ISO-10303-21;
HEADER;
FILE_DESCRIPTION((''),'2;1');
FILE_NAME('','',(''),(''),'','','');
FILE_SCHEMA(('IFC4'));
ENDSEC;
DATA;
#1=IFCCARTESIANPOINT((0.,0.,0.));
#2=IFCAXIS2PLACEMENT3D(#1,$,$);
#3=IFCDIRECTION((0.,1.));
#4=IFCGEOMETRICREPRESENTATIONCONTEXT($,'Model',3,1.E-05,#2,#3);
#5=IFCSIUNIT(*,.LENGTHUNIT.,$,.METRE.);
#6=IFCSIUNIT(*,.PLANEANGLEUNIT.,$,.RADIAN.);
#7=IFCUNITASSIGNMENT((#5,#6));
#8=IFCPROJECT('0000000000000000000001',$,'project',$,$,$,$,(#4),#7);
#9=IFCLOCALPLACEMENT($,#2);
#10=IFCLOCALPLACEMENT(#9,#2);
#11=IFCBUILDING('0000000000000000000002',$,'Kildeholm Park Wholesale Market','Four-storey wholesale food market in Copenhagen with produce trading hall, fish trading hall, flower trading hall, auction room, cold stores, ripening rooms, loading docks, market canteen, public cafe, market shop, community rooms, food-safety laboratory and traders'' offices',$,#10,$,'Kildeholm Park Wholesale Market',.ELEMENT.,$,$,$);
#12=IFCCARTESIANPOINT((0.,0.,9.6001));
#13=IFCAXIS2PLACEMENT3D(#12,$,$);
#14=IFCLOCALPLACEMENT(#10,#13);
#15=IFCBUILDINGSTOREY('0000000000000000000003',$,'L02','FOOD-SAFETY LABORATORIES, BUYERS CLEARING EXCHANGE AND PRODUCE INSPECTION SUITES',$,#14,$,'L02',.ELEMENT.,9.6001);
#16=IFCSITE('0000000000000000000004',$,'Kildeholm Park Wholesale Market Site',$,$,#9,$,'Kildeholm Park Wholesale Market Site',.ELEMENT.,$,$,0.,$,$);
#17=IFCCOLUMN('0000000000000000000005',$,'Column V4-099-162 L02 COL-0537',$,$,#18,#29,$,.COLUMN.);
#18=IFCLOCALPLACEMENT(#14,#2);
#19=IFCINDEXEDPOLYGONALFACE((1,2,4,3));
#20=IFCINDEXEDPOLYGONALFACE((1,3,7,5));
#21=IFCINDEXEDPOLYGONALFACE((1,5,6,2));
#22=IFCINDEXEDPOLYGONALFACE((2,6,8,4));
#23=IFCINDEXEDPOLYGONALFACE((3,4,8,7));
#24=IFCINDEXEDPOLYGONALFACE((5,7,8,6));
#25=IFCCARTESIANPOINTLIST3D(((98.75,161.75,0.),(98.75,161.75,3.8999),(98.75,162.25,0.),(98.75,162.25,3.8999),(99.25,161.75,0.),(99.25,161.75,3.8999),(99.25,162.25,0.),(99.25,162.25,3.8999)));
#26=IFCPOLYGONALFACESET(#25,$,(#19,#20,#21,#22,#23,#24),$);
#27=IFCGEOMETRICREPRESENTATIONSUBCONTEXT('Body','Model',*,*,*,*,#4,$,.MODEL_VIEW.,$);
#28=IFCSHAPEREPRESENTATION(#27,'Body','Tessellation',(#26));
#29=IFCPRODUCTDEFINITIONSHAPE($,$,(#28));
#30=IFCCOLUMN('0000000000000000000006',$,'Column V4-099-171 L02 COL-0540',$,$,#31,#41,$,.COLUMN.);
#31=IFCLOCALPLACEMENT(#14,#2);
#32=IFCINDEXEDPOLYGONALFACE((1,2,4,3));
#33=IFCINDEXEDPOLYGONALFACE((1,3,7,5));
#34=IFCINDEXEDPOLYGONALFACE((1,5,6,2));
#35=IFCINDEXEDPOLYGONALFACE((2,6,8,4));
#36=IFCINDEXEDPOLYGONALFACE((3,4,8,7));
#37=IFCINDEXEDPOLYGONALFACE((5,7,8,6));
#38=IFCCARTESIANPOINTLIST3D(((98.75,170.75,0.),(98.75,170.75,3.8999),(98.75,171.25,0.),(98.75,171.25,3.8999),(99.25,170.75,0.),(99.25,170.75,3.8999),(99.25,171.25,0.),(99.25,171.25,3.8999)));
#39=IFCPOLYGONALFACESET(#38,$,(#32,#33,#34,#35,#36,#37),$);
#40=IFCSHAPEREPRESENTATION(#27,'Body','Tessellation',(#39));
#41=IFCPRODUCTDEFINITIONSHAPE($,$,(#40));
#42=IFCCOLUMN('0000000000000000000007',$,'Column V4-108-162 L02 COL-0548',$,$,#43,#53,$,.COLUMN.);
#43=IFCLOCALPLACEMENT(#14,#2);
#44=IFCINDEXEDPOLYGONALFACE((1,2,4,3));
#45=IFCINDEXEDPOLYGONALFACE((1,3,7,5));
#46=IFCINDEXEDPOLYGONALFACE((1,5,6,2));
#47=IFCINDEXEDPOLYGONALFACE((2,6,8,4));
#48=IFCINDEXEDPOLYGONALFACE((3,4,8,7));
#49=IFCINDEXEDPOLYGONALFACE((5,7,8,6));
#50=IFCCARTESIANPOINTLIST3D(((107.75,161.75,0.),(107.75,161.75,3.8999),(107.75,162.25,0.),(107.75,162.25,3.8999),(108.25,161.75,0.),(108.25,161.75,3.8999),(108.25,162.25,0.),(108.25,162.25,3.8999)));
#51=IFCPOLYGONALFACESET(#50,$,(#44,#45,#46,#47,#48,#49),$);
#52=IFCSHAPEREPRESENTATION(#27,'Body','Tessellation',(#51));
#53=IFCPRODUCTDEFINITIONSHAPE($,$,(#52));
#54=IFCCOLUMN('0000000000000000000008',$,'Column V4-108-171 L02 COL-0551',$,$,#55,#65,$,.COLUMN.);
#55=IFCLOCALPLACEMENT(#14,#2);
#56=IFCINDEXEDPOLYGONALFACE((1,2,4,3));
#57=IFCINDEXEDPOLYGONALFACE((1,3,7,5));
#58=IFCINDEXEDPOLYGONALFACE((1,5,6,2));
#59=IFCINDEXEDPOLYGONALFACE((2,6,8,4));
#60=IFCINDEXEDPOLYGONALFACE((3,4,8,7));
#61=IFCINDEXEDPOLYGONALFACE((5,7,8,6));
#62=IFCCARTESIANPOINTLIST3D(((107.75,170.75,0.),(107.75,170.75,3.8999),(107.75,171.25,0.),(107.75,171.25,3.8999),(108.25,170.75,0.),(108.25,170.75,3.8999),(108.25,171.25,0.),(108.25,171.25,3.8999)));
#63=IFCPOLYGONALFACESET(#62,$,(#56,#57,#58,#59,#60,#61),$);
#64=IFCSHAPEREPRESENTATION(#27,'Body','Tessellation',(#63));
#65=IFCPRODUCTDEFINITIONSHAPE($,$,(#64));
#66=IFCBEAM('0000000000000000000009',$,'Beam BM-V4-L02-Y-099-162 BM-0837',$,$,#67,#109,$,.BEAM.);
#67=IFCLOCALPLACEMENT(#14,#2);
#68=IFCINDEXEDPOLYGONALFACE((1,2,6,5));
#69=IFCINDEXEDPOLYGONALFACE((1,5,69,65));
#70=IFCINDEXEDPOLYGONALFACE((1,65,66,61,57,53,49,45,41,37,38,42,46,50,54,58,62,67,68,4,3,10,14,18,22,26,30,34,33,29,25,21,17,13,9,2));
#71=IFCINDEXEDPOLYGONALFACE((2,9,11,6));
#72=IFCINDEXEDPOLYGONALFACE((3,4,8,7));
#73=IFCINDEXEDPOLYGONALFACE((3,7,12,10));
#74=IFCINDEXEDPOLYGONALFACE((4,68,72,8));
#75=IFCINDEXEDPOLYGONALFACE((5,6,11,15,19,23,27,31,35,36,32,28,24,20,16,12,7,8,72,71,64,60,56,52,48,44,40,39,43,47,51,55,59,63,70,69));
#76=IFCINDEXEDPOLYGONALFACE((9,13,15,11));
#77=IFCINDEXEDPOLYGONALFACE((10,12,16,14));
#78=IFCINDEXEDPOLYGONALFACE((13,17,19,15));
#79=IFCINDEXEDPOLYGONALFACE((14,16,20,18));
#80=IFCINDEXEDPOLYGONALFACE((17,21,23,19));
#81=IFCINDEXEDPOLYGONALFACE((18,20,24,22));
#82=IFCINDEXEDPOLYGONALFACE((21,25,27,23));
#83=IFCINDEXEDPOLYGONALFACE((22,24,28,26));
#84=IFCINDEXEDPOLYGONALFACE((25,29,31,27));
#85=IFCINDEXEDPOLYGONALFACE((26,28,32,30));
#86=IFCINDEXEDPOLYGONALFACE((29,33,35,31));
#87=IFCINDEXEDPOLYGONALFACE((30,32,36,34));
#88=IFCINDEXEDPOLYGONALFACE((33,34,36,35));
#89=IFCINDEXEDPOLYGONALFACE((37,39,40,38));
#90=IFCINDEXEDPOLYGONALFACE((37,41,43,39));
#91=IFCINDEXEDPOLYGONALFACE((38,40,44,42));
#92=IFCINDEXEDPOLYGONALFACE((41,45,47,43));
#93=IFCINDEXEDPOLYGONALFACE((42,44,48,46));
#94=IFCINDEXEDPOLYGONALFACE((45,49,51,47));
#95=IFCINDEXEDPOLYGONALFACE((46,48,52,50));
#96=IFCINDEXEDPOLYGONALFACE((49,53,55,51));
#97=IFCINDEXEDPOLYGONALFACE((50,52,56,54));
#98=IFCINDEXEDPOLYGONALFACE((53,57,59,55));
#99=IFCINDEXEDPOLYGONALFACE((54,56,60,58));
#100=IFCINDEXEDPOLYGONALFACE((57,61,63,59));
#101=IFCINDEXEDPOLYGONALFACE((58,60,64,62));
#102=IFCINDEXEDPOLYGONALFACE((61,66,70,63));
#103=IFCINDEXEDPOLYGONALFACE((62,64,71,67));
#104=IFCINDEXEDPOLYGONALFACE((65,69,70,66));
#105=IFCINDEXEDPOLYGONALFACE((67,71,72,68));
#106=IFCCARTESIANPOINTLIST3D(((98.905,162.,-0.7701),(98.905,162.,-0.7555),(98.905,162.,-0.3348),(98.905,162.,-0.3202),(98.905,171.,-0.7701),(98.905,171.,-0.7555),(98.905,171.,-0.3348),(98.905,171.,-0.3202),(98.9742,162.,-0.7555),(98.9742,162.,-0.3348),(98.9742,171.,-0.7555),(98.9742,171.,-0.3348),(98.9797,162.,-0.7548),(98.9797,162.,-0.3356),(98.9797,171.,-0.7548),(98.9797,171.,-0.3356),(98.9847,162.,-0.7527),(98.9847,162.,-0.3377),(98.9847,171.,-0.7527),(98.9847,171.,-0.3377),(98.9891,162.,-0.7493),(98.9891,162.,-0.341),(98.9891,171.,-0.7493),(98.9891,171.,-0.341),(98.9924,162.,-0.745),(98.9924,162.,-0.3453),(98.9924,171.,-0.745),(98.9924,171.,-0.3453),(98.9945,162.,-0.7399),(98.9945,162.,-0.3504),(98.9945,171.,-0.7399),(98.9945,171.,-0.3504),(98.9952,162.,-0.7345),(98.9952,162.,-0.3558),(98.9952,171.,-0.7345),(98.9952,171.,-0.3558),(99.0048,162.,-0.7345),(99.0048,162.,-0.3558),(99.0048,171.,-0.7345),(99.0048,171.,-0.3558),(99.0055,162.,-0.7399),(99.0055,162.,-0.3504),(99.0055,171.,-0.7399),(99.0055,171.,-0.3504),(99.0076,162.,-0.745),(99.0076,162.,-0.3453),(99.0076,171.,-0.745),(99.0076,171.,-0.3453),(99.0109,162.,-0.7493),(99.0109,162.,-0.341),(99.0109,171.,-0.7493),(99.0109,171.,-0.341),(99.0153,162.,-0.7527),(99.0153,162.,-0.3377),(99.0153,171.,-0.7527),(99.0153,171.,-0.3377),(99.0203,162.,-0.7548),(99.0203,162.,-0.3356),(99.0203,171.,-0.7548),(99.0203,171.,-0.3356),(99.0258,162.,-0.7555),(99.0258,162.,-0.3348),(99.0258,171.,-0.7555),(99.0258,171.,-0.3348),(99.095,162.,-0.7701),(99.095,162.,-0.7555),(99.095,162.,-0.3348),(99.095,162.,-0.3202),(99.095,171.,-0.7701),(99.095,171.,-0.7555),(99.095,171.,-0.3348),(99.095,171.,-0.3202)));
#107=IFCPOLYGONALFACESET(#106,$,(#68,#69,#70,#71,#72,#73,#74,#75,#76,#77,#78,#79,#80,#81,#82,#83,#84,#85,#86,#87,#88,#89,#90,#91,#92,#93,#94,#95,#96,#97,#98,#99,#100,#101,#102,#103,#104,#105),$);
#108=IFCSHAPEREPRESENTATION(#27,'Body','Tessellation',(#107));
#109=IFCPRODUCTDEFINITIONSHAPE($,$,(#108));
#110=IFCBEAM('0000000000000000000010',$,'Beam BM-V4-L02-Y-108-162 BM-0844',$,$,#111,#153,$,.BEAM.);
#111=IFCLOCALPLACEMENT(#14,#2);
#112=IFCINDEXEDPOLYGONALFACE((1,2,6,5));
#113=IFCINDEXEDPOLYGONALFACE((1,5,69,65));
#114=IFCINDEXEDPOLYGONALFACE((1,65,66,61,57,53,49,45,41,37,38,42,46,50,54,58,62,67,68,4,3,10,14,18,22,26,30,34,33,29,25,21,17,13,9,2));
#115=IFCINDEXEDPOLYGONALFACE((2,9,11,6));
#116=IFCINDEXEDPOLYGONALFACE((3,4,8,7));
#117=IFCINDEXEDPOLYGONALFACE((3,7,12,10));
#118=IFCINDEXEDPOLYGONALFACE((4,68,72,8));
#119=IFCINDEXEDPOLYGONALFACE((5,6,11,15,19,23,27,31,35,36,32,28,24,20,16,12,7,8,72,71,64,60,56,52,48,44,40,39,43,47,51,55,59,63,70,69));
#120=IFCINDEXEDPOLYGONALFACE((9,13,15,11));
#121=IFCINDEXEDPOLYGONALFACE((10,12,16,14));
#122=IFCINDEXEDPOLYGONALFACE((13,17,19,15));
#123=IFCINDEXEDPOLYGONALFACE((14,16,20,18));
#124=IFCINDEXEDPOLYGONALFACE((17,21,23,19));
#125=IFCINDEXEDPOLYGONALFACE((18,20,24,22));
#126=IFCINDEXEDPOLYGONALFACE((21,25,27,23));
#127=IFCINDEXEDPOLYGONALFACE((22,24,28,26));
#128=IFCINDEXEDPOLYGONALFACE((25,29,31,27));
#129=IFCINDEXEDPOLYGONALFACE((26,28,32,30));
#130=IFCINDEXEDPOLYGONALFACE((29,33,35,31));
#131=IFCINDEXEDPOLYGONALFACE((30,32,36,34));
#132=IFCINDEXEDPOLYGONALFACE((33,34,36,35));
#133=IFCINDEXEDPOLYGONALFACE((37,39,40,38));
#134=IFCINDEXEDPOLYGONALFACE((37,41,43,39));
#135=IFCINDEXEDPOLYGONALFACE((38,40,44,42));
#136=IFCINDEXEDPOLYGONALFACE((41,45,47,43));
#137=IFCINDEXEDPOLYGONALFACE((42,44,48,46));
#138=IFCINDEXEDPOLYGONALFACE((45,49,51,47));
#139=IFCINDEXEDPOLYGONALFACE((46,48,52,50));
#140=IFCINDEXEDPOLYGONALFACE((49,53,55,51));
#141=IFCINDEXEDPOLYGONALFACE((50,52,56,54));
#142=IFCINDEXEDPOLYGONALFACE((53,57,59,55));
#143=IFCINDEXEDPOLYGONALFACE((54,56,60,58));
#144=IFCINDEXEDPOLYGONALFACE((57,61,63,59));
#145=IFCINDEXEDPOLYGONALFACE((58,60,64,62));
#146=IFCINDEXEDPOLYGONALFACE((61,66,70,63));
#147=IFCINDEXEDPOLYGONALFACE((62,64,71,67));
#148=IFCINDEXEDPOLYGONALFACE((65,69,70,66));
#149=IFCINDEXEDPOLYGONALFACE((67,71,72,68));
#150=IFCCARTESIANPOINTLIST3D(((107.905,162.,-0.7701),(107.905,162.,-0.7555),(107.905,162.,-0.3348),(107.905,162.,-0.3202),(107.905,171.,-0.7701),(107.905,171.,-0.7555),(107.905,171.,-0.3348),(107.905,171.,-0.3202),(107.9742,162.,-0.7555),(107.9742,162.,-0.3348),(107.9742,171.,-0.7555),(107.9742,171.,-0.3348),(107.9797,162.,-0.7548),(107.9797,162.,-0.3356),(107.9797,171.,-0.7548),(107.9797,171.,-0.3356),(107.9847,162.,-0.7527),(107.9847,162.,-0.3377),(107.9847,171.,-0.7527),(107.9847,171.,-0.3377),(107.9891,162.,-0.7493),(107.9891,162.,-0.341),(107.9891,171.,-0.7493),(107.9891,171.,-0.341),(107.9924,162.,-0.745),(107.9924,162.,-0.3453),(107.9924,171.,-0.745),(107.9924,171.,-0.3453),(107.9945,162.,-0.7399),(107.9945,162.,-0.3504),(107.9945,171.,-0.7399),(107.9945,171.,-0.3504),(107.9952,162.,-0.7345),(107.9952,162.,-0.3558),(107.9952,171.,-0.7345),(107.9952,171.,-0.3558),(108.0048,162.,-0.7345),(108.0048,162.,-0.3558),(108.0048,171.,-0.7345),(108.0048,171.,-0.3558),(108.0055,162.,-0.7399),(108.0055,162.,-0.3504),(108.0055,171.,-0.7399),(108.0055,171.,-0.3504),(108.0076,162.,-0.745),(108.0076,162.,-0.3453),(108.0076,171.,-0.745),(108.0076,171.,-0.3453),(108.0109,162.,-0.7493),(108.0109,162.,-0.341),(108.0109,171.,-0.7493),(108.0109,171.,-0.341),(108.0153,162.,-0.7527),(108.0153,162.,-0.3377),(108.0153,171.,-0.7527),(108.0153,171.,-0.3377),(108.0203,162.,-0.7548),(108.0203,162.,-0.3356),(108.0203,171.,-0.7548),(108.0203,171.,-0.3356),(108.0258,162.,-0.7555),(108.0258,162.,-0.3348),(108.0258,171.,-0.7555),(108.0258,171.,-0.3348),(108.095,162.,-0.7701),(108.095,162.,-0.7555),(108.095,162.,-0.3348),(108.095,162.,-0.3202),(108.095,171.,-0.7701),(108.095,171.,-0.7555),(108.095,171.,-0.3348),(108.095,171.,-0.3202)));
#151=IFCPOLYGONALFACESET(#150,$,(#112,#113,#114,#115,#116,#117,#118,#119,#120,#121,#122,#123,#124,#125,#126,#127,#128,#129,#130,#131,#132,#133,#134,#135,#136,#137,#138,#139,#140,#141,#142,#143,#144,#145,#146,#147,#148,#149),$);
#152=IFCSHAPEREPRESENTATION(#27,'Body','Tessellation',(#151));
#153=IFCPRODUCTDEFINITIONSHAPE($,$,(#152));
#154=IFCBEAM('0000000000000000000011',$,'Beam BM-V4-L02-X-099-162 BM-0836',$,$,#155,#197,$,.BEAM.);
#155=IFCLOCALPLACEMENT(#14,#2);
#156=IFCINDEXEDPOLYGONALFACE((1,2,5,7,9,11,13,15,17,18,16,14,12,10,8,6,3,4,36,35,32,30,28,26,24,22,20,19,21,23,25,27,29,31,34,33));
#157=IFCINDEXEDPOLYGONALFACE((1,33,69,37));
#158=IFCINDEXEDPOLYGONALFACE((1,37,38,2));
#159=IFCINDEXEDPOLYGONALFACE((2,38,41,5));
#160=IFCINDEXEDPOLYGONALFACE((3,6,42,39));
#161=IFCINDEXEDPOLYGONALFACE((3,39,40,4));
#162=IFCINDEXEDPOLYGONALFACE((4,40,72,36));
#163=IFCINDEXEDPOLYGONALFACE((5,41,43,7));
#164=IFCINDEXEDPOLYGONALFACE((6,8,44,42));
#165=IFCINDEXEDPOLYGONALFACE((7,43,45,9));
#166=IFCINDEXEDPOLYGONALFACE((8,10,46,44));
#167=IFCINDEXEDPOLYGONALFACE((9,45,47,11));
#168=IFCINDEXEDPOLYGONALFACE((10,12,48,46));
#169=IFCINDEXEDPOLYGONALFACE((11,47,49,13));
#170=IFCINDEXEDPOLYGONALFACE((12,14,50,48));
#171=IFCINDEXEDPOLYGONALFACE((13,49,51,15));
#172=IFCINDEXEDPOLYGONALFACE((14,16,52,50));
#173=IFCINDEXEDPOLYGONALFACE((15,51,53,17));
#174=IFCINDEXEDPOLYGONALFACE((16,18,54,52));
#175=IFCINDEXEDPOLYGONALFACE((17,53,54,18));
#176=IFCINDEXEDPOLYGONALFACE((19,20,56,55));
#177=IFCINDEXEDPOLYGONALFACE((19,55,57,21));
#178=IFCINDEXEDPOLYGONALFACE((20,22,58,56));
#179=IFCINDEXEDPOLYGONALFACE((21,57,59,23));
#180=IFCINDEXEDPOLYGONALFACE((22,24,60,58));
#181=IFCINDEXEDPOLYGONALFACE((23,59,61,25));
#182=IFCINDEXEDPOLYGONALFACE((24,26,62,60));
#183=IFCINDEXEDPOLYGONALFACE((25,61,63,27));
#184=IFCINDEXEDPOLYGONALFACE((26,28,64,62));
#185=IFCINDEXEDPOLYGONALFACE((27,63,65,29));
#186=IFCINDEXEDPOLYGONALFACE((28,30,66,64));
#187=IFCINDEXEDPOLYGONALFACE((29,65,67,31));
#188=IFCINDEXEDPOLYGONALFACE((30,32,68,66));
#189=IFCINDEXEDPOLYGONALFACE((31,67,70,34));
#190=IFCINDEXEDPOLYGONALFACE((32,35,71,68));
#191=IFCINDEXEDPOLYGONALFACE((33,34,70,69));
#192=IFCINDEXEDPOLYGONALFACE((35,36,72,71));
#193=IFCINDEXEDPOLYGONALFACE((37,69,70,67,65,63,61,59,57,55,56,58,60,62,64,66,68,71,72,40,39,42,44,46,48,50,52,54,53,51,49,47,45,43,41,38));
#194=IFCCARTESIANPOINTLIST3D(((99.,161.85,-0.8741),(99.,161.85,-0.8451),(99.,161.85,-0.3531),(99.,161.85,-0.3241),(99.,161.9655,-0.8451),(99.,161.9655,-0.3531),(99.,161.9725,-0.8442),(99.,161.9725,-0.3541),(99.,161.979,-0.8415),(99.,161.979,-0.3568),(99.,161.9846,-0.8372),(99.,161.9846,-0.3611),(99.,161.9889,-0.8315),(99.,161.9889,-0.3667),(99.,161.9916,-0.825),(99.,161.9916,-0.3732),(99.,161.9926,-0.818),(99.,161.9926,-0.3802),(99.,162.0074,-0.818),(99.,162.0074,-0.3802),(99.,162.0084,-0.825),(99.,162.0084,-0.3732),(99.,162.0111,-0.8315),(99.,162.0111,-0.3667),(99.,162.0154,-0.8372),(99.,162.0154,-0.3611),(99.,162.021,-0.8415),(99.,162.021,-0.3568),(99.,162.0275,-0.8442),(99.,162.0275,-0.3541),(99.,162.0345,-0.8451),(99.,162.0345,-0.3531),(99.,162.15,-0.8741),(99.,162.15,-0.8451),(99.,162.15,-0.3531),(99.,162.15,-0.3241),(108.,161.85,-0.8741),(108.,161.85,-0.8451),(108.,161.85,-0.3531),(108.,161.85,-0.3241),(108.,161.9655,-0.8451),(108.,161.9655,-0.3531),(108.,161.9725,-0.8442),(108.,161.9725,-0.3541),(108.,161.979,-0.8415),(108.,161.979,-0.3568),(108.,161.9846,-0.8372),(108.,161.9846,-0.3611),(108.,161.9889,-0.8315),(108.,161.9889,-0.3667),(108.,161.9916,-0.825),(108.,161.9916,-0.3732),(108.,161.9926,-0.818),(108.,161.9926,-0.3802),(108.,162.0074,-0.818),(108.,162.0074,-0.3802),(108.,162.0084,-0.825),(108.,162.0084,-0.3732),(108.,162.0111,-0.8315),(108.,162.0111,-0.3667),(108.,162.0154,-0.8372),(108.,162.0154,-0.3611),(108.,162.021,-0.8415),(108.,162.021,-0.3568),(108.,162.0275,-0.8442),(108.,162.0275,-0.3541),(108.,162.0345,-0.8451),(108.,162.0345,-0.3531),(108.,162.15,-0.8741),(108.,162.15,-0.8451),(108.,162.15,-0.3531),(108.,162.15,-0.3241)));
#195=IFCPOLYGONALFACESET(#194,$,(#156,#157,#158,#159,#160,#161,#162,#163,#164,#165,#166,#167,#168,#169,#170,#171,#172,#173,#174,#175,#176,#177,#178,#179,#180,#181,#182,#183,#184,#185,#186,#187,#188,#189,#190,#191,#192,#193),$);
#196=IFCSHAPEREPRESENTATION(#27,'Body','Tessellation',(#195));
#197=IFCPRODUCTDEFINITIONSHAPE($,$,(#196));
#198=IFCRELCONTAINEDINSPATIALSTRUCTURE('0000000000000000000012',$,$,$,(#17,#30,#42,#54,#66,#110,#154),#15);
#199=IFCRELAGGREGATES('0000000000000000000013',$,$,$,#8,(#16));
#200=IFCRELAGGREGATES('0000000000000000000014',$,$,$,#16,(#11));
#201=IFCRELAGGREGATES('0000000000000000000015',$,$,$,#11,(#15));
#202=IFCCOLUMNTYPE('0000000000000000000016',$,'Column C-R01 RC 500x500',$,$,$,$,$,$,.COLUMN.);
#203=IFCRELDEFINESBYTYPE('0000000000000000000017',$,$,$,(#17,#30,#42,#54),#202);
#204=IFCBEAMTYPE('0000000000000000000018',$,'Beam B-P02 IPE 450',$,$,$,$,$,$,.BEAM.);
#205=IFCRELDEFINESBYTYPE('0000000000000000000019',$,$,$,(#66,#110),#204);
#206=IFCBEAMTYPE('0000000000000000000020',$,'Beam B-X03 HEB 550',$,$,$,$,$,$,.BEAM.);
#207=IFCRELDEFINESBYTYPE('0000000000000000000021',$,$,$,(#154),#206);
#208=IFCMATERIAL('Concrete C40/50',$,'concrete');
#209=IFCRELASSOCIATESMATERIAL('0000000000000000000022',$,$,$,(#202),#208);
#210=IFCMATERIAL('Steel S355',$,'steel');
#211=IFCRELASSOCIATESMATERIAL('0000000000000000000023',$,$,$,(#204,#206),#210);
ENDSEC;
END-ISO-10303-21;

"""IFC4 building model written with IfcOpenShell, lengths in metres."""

from ifc_helpers import new_model, si_unit, direction, frame, origin, origin_2d, place, context, subcontext, project, spatial, rectangle, i_section, extrude, material, material_profile, profile_set, type_object, element, save


model = new_model("IFC4")

# Units and contexts
model_context = context("Model", 3, precision=1e-05, world=origin(), true_north=direction((0.0, 1.0)))
body_context = subcontext(model_context, "Body", "Model", "MODEL_VIEW")
ifc_project = project(units=[si_unit("LENGTHUNIT", "METRE"), si_unit("PLANEANGLEUNIT", "RADIAN")], contexts=[model_context])

# Site, building, storey
site_placement = place(None, origin())
site = spatial("IfcSite", under=ifc_project, at=site_placement, Name="Kildeholm Park Wholesale Market Site", LongName="Kildeholm Park Wholesale Market Site", CompositionType="ELEMENT", RefElevation=0.0)
building_placement = place(site_placement, origin())
building = spatial("IfcBuilding", under=site, at=building_placement, Name="Kildeholm Park Wholesale Market", Description="Four-storey wholesale food market in Copenhagen with produce trading hall, fish trading hall, flower trading hall, auction room, cold stores, ripening rooms, loading docks, market canteen, public cafe, market shop, community rooms, food-safety laboratory and traders' offices", LongName="Kildeholm Park Wholesale Market", CompositionType="ELEMENT")
storey_placement = place(building_placement, frame((0.0, 0.0, 9.6001)))
storey = spatial("IfcBuildingStorey", under=building, at=storey_placement, Name="L02", Description="FOOD-SAFETY LABORATORIES, BUYERS CLEARING EXCHANGE AND PRODUCE INSPECTION SUITES", LongName="L02", CompositionType="ELEMENT", Elevation=9.6001)

# Columns
ifc_material_1 = material(Name="Concrete C40/50", Category="concrete")
ifc_material_profile_1 = material_profile(ifc_material_1, rectangle(XDim=0.5, YDim=0.5, at=origin_2d()), Name="RC 500x500")
ifc_profile_set_1 = profile_set([ifc_material_profile_1], Name="Concrete C40/50")
column_type = type_object("IfcColumnType", Name="Column C-R01 RC 500x500", PredefinedType="COLUMN", material=ifc_profile_set_1)
for number, where, z_axis, x_axis, name in (
    (1, (99.0, 162.0, 0.0), (0.0, 0.0, 1.0), (1.0, 0.0, 0.0), "Column V4-099-162 L02 COL-0537"),
    (2, (99.0, 171.0, 0.0), (0.0, 0.0, 1.0), (1.0, 0.0, 0.0), "Column V4-099-171 L02 COL-0540"),
    (3, (108.0, 162.0, 0.0), (0.0, 0.0, 1.0), (1.0, 0.0, 0.0), "Column V4-108-162 L02 COL-0548"),
    (4, (108.0, 171.0, 0.0), (0.0, 0.0, 1.0), (1.0, 0.0, 0.0), "Column V4-108-171 L02 COL-0551"),
):
    element("IfcColumn", number, at=place(storey_placement, frame(where, z_axis=z_axis, x_axis=x_axis)), inside=storey, type_object=column_type, Name=name, PredefinedType="COLUMN", context=body_context, shape_type="SweptSolid", body=[
        extrude(rectangle(XDim=0.5, YDim=0.5, at=origin_2d()), origin(), (0.0, 0.0, 1.0), 3.8999),
    ])

# Beams
ifc_material_2 = material(Name="Steel S355", Category="steel")
ifc_material_profile_2 = material_profile(ifc_material_2, i_section(OverallWidth=0.1899, OverallDepth=0.45, WebThickness=0.0095, FlangeThickness=0.0146, FilletRadius=0.021, at=origin_2d()), Name="IPE 450")
ifc_profile_set_2 = profile_set([ifc_material_profile_2], Name="Steel S355")
beam_type_1 = type_object("IfcBeamType", Name="Beam B-P02 IPE 450", PredefinedType="BEAM", material=ifc_profile_set_2)
for number, where, z_axis, x_axis, name in (
    (5, (99.0, 162.0, -0.5452), (0.0, 1.0, 0.0), (-1.0, 0.0, 0.0), "Beam BM-V4-L02-Y-099-162 BM-0837"),
    (6, (108.0, 162.0, -0.5452), (0.0, 1.0, 0.0), (-1.0, 0.0, 0.0), "Beam BM-V4-L02-Y-108-162 BM-0844"),
):
    element("IfcBeam", number, at=place(storey_placement, frame(where, z_axis=z_axis, x_axis=x_axis)), inside=storey, type_object=beam_type_1, Name=name, PredefinedType="BEAM", context=body_context, shape_type="SweptSolid", body=[
        extrude(i_section(OverallWidth=0.1899, OverallDepth=0.45, WebThickness=0.0095, FlangeThickness=0.0146, FilletRadius=0.021, at=origin_2d()), origin(), (0.0, 0.0, 1.0), 9.0),
    ])
ifc_material_profile_3 = material_profile(ifc_material_2, i_section(OverallWidth=0.3, OverallDepth=0.55, WebThickness=0.0149, FlangeThickness=0.0291, FilletRadius=0.0271, at=origin_2d()), Name="HEB 550")
ifc_profile_set_3 = profile_set([ifc_material_profile_3], Name="Steel S355")
beam_type_2 = type_object("IfcBeamType", Name="Beam B-X03 HEB 550", PredefinedType="BEAM", material=ifc_profile_set_3)
beam_1_placement = place(storey_placement, frame((99.0, 162.0, -0.5991), z_axis=(1.0, 0.0, 0.0), x_axis=(0.0, 1.0, 0.0)))
element("IfcBeam", 7, at=beam_1_placement, inside=storey, type_object=beam_type_2, Name="Beam BM-V4-L02-X-099-162 BM-0836", PredefinedType="BEAM", context=body_context, shape_type="SweptSolid", body=[
    extrude(i_section(OverallWidth=0.3, OverallDepth=0.55, WebThickness=0.0149, FlangeThickness=0.0291, FilletRadius=0.0271, at=origin_2d()), origin(), (0.0, 0.0, 1.0), 9.0),
])

save(model, "model.ifc")
